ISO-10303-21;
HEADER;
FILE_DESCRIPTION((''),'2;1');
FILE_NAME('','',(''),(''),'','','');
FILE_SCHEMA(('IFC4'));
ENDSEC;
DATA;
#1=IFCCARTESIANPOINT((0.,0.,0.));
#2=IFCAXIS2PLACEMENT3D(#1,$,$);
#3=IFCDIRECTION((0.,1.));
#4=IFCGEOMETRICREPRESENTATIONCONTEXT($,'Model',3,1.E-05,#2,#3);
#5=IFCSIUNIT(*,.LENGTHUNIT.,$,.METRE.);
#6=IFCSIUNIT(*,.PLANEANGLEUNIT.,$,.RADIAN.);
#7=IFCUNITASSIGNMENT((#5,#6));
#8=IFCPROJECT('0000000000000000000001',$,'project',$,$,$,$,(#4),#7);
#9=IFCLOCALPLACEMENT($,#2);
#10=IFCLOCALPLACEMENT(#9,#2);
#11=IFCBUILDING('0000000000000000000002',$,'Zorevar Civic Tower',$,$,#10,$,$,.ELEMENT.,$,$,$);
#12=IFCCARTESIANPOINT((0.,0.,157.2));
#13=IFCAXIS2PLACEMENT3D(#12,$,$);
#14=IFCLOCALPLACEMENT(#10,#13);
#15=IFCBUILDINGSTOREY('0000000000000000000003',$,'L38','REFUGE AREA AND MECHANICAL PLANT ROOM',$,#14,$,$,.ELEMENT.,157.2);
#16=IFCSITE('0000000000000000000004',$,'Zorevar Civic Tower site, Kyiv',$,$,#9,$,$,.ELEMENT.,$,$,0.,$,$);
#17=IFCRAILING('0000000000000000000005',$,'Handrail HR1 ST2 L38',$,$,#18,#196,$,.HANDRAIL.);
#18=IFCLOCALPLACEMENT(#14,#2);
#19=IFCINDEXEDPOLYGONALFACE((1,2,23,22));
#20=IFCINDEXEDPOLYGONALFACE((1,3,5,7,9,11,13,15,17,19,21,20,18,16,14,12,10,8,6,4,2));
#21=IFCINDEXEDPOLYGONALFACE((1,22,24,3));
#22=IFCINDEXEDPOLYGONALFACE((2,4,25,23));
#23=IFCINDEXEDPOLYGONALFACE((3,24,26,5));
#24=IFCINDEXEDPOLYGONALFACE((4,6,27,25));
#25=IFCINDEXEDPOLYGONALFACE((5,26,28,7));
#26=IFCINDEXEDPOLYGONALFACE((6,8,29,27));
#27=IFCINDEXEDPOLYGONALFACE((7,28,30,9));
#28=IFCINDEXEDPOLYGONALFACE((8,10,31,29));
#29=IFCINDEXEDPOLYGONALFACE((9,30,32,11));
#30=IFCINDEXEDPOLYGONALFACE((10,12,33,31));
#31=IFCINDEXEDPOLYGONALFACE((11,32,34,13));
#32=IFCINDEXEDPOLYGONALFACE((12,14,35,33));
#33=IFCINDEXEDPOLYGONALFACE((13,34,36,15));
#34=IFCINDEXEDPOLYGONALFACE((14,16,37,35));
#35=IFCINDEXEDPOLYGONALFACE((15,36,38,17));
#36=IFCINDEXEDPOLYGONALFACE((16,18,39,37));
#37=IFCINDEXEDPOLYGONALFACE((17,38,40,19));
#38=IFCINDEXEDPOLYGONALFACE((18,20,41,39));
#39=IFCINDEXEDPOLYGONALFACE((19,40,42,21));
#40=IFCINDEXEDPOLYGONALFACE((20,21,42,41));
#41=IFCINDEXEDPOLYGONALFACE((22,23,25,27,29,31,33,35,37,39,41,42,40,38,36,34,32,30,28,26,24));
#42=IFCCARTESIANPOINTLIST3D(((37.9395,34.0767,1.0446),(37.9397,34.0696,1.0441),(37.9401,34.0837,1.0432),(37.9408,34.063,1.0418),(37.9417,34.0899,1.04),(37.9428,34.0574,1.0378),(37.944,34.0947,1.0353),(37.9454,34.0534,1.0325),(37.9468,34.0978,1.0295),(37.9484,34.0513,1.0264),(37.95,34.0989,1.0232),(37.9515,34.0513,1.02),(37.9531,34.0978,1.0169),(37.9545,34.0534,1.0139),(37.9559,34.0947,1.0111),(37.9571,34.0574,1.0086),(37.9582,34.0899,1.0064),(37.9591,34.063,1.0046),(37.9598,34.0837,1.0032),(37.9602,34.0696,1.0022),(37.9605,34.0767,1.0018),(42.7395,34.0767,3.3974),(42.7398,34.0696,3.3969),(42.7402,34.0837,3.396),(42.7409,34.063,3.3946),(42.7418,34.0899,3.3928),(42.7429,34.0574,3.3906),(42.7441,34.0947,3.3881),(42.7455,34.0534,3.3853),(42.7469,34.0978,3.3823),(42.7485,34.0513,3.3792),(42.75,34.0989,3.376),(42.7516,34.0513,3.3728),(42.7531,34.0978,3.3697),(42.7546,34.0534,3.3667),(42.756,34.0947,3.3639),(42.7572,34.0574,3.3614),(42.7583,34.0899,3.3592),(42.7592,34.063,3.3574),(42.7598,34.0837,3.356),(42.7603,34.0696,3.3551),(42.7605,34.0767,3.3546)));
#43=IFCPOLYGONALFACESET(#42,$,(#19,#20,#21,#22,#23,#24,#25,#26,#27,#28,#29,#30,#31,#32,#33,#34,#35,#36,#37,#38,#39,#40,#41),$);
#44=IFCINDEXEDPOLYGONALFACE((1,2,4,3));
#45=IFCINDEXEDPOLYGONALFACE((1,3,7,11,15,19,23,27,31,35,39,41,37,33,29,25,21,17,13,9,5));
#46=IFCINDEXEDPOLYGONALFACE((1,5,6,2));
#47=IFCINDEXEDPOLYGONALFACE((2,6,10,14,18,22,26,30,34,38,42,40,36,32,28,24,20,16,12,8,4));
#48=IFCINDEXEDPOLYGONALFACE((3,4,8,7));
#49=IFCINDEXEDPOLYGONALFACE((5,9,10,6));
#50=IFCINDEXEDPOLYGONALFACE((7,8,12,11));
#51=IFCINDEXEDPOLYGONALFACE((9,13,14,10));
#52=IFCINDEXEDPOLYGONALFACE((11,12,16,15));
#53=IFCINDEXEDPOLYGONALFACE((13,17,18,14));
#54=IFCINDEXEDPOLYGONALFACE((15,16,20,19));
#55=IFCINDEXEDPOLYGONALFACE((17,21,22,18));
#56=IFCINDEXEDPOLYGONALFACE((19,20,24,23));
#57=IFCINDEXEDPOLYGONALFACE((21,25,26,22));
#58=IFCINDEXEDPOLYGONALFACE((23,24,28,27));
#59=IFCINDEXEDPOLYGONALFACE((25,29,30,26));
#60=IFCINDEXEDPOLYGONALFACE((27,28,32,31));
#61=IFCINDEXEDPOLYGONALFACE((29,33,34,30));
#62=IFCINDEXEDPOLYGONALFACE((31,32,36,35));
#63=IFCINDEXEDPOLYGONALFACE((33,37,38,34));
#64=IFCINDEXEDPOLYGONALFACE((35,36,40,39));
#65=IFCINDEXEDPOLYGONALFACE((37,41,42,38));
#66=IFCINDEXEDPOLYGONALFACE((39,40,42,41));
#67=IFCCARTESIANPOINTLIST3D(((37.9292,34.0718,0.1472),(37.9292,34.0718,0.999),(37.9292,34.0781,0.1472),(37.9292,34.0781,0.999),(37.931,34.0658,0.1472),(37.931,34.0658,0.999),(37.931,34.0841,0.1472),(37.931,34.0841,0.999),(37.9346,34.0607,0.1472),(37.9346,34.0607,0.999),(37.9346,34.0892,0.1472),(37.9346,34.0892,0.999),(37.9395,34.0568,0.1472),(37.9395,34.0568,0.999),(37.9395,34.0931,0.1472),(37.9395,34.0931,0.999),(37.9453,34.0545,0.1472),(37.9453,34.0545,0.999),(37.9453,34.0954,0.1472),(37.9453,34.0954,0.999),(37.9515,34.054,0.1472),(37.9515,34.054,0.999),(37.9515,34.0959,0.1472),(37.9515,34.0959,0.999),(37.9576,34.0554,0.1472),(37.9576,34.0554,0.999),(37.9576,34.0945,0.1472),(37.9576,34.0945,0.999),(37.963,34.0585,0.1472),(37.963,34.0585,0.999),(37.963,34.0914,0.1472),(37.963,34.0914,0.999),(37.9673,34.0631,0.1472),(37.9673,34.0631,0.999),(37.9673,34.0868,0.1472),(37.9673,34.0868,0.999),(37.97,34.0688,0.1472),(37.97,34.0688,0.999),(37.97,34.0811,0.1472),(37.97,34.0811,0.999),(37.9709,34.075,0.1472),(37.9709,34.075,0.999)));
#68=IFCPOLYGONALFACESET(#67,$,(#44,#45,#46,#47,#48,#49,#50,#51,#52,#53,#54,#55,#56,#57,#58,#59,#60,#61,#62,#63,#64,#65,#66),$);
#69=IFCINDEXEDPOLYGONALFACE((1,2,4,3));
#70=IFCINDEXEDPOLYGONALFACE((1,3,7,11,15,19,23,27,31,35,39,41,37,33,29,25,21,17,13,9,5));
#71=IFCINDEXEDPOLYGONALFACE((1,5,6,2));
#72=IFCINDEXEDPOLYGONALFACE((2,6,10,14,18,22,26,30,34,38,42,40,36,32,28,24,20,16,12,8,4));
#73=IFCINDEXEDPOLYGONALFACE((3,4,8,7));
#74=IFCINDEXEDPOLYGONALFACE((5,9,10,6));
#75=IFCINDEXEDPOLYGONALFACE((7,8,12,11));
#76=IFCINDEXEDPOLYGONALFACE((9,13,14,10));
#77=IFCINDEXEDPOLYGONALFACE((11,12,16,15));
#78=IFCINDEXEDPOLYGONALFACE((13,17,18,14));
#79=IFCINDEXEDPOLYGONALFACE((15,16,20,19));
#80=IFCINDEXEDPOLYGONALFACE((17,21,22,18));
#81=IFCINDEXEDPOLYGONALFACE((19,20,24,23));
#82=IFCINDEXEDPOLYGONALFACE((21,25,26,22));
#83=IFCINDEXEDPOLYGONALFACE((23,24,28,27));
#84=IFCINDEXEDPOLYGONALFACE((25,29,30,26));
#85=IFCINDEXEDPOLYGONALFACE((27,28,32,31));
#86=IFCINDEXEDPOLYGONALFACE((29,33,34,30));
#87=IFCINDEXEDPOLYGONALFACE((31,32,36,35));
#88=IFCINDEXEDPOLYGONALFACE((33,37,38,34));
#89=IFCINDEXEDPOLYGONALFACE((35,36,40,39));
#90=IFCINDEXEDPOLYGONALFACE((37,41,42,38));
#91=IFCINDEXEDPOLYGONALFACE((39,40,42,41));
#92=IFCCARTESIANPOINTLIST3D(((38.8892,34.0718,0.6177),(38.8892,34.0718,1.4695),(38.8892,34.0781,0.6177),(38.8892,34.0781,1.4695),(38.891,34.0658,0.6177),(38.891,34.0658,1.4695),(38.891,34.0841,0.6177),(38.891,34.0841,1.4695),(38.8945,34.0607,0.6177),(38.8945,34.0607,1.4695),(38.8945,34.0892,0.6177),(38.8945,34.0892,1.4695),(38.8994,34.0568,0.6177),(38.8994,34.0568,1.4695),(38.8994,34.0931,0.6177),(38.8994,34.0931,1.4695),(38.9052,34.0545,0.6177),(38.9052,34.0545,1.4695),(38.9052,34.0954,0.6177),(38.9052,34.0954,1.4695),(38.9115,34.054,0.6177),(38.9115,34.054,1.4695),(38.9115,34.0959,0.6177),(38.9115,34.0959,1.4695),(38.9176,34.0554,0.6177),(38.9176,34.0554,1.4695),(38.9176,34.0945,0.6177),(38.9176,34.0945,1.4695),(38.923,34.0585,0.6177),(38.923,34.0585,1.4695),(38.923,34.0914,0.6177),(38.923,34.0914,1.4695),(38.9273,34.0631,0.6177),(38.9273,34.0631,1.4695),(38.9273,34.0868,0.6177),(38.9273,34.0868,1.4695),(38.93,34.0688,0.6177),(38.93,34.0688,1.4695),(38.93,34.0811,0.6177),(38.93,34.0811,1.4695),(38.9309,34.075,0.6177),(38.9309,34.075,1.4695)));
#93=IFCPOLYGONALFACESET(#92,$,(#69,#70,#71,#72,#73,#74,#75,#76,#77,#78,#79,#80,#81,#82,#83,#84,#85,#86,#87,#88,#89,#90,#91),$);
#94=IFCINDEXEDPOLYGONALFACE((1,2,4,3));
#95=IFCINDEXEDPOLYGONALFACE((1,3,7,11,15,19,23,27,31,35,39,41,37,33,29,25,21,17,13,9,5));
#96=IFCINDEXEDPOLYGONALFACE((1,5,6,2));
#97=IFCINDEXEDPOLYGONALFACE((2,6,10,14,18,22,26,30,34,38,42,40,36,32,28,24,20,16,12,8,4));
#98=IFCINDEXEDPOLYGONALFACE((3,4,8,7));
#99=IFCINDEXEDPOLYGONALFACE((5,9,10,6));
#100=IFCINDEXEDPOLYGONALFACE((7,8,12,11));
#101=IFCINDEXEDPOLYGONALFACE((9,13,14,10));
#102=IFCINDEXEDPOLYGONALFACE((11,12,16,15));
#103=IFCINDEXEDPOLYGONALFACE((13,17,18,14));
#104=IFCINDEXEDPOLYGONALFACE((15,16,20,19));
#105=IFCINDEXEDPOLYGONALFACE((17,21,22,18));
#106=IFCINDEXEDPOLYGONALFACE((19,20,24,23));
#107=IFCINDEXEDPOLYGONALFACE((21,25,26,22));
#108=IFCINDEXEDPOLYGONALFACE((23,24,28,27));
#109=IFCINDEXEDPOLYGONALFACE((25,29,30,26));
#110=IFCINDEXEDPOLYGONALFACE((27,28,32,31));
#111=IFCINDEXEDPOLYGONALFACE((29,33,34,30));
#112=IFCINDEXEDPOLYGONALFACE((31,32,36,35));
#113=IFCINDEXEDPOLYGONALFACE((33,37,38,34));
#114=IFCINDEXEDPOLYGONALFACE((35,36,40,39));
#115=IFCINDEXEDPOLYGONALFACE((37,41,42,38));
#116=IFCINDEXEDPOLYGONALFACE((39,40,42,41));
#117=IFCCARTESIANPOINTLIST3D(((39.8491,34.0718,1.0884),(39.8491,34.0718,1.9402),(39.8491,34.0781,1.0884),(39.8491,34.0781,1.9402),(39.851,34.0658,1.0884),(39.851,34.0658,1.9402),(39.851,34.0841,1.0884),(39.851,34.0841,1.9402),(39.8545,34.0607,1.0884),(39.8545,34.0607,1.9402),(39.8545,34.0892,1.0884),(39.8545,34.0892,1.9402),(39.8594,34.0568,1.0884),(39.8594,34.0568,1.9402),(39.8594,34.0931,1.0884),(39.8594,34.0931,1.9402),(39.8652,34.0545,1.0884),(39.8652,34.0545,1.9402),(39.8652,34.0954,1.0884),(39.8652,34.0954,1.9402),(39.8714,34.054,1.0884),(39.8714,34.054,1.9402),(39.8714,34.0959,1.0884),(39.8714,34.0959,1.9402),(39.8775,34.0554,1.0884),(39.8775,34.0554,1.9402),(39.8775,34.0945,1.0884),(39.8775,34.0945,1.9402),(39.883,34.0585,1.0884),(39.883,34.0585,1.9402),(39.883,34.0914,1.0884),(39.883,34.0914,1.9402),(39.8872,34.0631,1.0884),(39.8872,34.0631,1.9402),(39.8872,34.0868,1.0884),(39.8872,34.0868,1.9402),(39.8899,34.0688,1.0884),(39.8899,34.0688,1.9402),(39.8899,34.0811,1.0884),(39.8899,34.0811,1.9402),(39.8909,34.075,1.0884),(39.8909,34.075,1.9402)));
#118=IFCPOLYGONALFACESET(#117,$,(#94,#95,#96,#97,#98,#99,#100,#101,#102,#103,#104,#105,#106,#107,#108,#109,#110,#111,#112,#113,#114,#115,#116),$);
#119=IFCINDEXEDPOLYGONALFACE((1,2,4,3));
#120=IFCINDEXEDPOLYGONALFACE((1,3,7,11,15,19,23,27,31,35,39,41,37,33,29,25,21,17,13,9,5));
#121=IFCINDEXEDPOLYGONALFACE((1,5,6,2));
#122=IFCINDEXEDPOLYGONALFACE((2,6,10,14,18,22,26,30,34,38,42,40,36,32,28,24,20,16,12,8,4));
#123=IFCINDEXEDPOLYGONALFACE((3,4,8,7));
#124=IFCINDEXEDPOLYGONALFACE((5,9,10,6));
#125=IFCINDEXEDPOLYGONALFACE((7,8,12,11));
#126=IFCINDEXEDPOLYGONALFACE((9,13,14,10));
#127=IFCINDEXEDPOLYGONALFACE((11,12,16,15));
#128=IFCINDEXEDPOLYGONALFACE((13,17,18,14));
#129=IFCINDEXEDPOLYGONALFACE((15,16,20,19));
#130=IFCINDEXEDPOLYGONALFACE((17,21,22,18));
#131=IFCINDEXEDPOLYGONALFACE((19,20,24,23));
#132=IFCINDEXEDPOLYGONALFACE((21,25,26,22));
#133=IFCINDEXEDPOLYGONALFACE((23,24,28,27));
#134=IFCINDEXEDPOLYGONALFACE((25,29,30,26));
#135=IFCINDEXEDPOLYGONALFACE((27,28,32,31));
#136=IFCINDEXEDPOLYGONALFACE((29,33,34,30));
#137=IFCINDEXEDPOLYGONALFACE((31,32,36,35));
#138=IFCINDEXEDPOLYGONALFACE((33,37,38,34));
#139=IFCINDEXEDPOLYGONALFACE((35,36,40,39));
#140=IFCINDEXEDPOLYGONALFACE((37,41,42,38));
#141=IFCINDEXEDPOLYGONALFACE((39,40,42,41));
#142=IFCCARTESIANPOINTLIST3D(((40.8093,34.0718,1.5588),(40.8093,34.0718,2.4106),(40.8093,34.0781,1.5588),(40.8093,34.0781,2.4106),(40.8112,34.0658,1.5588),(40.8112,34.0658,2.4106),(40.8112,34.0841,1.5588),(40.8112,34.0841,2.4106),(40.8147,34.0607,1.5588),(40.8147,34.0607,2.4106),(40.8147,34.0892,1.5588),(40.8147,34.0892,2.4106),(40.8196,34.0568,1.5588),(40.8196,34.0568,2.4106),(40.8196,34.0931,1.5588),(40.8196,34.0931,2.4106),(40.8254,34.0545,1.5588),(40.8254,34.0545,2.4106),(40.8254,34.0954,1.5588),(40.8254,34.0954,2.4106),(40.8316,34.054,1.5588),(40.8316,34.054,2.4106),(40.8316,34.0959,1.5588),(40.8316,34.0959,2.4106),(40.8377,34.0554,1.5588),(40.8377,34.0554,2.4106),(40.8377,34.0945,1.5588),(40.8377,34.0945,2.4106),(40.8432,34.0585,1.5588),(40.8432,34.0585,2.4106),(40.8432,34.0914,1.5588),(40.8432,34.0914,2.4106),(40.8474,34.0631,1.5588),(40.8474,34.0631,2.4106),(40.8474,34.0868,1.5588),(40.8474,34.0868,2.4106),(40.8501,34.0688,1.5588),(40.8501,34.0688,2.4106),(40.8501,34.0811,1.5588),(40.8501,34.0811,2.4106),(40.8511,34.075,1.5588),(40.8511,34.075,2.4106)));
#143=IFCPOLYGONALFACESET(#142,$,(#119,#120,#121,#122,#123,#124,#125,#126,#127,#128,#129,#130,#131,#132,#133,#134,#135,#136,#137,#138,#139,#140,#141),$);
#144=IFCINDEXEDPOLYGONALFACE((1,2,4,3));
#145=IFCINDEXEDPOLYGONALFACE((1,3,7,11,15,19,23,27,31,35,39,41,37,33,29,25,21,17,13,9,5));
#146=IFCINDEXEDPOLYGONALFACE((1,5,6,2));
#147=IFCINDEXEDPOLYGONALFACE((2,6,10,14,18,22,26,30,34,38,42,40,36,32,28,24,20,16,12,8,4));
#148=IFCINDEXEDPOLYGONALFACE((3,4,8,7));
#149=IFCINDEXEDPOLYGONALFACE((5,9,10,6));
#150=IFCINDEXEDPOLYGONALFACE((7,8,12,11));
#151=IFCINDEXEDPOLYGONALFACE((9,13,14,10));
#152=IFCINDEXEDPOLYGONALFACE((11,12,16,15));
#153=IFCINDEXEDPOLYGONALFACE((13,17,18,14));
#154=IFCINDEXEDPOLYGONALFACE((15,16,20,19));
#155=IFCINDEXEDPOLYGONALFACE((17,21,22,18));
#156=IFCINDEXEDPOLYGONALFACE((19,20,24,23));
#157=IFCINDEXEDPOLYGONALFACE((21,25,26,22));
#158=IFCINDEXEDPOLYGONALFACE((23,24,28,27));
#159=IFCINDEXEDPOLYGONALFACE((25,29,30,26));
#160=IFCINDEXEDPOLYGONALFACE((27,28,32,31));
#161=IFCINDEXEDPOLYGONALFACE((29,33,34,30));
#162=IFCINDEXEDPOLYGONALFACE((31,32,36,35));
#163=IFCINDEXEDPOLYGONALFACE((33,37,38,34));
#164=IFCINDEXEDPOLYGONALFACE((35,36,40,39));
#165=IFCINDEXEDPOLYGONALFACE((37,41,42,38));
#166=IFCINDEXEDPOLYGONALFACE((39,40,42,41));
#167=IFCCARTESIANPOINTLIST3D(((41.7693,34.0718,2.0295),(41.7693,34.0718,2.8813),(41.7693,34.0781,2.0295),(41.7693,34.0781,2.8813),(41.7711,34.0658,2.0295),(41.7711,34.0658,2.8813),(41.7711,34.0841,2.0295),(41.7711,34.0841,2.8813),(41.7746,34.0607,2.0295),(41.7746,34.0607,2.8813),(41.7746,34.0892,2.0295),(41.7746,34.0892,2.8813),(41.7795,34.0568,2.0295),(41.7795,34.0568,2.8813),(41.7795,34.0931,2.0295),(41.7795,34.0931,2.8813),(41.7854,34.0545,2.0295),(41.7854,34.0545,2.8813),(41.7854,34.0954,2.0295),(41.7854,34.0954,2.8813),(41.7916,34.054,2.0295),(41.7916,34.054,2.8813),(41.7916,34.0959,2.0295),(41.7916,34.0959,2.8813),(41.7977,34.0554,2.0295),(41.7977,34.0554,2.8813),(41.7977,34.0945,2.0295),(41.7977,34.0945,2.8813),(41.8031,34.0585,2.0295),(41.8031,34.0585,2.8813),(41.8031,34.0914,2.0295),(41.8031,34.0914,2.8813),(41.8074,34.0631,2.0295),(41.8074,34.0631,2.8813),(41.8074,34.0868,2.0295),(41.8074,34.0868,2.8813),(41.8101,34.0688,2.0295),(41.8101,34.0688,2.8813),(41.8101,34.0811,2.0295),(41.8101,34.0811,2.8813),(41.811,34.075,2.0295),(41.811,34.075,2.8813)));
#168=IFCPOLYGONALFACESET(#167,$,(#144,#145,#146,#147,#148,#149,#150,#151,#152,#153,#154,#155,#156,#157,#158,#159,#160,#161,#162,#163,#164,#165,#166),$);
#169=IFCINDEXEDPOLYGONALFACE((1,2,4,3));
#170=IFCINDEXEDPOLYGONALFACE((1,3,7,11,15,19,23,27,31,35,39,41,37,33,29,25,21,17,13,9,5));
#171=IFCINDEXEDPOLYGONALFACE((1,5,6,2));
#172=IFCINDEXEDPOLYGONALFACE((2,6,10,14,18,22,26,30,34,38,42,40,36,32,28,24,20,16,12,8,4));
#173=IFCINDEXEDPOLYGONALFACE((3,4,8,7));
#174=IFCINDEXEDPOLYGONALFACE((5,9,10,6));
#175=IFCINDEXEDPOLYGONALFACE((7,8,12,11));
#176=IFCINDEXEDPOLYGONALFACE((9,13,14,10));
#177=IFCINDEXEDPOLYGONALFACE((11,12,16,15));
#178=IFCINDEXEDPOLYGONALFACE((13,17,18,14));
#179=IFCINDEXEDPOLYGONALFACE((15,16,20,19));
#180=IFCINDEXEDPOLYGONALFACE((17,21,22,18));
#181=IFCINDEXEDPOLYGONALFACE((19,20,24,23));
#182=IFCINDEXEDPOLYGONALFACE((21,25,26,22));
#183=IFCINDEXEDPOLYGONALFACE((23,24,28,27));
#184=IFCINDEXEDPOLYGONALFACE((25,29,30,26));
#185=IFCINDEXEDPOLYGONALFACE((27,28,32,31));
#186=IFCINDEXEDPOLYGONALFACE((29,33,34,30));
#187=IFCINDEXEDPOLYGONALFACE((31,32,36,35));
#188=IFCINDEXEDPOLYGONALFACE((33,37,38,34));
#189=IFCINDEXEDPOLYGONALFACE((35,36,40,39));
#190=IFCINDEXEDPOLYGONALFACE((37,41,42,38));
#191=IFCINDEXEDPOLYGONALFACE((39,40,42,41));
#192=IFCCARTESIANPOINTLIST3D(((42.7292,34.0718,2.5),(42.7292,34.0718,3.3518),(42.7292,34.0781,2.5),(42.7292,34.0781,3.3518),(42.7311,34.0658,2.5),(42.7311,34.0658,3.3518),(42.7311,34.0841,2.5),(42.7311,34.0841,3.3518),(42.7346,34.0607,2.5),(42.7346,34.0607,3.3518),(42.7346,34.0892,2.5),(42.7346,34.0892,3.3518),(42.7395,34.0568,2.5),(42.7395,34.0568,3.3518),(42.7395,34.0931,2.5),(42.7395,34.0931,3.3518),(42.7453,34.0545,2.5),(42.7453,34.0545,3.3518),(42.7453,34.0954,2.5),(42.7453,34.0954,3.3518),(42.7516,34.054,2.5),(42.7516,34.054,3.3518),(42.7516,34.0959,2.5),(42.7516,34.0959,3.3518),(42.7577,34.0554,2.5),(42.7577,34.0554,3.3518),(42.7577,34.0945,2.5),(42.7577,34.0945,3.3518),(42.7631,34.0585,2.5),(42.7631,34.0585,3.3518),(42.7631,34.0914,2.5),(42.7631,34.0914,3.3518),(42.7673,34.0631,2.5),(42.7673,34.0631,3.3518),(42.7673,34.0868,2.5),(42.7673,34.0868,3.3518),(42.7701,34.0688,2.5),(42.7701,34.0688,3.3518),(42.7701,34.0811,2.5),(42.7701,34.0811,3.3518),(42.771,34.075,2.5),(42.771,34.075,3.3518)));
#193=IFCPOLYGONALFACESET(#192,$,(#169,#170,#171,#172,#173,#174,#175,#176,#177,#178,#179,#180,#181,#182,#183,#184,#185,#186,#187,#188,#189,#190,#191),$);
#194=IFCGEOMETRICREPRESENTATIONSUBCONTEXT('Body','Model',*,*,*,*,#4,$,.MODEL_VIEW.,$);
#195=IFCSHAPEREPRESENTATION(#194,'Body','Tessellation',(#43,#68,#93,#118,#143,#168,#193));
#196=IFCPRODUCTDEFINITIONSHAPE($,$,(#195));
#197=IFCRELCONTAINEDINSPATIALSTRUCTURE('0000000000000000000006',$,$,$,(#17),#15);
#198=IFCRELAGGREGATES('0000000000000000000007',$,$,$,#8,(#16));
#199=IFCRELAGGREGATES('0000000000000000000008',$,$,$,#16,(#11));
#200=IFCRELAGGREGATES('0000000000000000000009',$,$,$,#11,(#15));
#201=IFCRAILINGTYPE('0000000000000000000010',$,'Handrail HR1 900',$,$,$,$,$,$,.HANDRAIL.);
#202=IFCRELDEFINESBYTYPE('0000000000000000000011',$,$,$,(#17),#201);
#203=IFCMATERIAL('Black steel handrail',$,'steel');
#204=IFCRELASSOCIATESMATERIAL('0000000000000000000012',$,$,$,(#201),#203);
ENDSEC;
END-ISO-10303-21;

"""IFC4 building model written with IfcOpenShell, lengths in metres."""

from ifc_helpers import new_model, si_unit, direction, frame, origin, origin_2d, place, context, subcontext, project, spatial, circle, extrude, material, type_object, element, save


model = new_model("IFC4")

# Units and contexts
model_context = context("Model", 3, precision=1e-05, world=origin(), true_north=direction((0.0, 1.0)))
body_context = subcontext(model_context, "Body", "Model", "MODEL_VIEW")
ifc_project = project(units=[si_unit("LENGTHUNIT", "METRE"), si_unit("PLANEANGLEUNIT", "RADIAN")], contexts=[model_context])

# Site, building, storey
site_placement = place(None, origin())
site = spatial("IfcSite", under=ifc_project, at=site_placement, Name="Zorevar Civic Tower site, Kyiv", CompositionType="ELEMENT", RefElevation=0.0)
building_placement = place(site_placement, origin())
building = spatial("IfcBuilding", under=site, at=building_placement, Name="Zorevar Civic Tower", CompositionType="ELEMENT")
storey_placement = place(building_placement, frame((0.0, 0.0, 157.2)))
storey = spatial("IfcBuildingStorey", under=building, at=storey_placement, Name="L38", Description="REFUGE AREA AND MECHANICAL PLANT ROOM", CompositionType="ELEMENT", Elevation=157.2)

# Railing
ifc_material_1 = material(Name="Black steel handrail", Category="steel")
railing_type = type_object("IfcRailingType", Name="Handrail HR1 900", PredefinedType="HANDRAIL", material=ifc_material_1)
railing_1_placement = place(storey_placement, frame((37.95, 34.075, 0.1472)))
element("IfcRailing", 1, at=railing_1_placement, inside=storey, type_object=railing_type, Name="Handrail HR1 ST2 L38", PredefinedType="HANDRAIL", context=body_context, shape_type="SweptSolid", body=[
    extrude(circle(Radius=0.0239, at=origin_2d()), frame((0.0, 0.0, 0.876), z_axis=(0.897934, 0.0, 0.44013), x_axis=(0.0, 1.0, 0.0)), (0.0, 0.0, 1.0), 5.3457),
    extrude(circle(Radius=0.021, at=origin_2d()), origin(), (0.0, 0.0, 1.0), 0.8518),
    extrude(circle(Radius=0.021, at=origin_2d()), frame((0.96, 0.0, 0.4705)), (0.0, 0.0, 1.0), 0.8518),
    extrude(circle(Radius=0.021, at=origin_2d()), frame((1.9199, 0.0, 0.9412)), (0.0, 0.0, 1.0), 0.8518),
    extrude(circle(Radius=0.021, at=origin_2d()), frame((2.8801, 0.0, 1.4116)), (0.0, 0.0, 1.0), 0.8518),
    extrude(circle(Radius=0.021, at=origin_2d()), frame((3.8401, 0.0, 1.8823)), (0.0, 0.0, 1.0), 0.8518),
    extrude(circle(Radius=0.021, at=origin_2d()), frame((4.8, 0.0, 2.3528)), (0.0, 0.0, 1.0), 0.8518),
])

save(model, "model.ifc")
